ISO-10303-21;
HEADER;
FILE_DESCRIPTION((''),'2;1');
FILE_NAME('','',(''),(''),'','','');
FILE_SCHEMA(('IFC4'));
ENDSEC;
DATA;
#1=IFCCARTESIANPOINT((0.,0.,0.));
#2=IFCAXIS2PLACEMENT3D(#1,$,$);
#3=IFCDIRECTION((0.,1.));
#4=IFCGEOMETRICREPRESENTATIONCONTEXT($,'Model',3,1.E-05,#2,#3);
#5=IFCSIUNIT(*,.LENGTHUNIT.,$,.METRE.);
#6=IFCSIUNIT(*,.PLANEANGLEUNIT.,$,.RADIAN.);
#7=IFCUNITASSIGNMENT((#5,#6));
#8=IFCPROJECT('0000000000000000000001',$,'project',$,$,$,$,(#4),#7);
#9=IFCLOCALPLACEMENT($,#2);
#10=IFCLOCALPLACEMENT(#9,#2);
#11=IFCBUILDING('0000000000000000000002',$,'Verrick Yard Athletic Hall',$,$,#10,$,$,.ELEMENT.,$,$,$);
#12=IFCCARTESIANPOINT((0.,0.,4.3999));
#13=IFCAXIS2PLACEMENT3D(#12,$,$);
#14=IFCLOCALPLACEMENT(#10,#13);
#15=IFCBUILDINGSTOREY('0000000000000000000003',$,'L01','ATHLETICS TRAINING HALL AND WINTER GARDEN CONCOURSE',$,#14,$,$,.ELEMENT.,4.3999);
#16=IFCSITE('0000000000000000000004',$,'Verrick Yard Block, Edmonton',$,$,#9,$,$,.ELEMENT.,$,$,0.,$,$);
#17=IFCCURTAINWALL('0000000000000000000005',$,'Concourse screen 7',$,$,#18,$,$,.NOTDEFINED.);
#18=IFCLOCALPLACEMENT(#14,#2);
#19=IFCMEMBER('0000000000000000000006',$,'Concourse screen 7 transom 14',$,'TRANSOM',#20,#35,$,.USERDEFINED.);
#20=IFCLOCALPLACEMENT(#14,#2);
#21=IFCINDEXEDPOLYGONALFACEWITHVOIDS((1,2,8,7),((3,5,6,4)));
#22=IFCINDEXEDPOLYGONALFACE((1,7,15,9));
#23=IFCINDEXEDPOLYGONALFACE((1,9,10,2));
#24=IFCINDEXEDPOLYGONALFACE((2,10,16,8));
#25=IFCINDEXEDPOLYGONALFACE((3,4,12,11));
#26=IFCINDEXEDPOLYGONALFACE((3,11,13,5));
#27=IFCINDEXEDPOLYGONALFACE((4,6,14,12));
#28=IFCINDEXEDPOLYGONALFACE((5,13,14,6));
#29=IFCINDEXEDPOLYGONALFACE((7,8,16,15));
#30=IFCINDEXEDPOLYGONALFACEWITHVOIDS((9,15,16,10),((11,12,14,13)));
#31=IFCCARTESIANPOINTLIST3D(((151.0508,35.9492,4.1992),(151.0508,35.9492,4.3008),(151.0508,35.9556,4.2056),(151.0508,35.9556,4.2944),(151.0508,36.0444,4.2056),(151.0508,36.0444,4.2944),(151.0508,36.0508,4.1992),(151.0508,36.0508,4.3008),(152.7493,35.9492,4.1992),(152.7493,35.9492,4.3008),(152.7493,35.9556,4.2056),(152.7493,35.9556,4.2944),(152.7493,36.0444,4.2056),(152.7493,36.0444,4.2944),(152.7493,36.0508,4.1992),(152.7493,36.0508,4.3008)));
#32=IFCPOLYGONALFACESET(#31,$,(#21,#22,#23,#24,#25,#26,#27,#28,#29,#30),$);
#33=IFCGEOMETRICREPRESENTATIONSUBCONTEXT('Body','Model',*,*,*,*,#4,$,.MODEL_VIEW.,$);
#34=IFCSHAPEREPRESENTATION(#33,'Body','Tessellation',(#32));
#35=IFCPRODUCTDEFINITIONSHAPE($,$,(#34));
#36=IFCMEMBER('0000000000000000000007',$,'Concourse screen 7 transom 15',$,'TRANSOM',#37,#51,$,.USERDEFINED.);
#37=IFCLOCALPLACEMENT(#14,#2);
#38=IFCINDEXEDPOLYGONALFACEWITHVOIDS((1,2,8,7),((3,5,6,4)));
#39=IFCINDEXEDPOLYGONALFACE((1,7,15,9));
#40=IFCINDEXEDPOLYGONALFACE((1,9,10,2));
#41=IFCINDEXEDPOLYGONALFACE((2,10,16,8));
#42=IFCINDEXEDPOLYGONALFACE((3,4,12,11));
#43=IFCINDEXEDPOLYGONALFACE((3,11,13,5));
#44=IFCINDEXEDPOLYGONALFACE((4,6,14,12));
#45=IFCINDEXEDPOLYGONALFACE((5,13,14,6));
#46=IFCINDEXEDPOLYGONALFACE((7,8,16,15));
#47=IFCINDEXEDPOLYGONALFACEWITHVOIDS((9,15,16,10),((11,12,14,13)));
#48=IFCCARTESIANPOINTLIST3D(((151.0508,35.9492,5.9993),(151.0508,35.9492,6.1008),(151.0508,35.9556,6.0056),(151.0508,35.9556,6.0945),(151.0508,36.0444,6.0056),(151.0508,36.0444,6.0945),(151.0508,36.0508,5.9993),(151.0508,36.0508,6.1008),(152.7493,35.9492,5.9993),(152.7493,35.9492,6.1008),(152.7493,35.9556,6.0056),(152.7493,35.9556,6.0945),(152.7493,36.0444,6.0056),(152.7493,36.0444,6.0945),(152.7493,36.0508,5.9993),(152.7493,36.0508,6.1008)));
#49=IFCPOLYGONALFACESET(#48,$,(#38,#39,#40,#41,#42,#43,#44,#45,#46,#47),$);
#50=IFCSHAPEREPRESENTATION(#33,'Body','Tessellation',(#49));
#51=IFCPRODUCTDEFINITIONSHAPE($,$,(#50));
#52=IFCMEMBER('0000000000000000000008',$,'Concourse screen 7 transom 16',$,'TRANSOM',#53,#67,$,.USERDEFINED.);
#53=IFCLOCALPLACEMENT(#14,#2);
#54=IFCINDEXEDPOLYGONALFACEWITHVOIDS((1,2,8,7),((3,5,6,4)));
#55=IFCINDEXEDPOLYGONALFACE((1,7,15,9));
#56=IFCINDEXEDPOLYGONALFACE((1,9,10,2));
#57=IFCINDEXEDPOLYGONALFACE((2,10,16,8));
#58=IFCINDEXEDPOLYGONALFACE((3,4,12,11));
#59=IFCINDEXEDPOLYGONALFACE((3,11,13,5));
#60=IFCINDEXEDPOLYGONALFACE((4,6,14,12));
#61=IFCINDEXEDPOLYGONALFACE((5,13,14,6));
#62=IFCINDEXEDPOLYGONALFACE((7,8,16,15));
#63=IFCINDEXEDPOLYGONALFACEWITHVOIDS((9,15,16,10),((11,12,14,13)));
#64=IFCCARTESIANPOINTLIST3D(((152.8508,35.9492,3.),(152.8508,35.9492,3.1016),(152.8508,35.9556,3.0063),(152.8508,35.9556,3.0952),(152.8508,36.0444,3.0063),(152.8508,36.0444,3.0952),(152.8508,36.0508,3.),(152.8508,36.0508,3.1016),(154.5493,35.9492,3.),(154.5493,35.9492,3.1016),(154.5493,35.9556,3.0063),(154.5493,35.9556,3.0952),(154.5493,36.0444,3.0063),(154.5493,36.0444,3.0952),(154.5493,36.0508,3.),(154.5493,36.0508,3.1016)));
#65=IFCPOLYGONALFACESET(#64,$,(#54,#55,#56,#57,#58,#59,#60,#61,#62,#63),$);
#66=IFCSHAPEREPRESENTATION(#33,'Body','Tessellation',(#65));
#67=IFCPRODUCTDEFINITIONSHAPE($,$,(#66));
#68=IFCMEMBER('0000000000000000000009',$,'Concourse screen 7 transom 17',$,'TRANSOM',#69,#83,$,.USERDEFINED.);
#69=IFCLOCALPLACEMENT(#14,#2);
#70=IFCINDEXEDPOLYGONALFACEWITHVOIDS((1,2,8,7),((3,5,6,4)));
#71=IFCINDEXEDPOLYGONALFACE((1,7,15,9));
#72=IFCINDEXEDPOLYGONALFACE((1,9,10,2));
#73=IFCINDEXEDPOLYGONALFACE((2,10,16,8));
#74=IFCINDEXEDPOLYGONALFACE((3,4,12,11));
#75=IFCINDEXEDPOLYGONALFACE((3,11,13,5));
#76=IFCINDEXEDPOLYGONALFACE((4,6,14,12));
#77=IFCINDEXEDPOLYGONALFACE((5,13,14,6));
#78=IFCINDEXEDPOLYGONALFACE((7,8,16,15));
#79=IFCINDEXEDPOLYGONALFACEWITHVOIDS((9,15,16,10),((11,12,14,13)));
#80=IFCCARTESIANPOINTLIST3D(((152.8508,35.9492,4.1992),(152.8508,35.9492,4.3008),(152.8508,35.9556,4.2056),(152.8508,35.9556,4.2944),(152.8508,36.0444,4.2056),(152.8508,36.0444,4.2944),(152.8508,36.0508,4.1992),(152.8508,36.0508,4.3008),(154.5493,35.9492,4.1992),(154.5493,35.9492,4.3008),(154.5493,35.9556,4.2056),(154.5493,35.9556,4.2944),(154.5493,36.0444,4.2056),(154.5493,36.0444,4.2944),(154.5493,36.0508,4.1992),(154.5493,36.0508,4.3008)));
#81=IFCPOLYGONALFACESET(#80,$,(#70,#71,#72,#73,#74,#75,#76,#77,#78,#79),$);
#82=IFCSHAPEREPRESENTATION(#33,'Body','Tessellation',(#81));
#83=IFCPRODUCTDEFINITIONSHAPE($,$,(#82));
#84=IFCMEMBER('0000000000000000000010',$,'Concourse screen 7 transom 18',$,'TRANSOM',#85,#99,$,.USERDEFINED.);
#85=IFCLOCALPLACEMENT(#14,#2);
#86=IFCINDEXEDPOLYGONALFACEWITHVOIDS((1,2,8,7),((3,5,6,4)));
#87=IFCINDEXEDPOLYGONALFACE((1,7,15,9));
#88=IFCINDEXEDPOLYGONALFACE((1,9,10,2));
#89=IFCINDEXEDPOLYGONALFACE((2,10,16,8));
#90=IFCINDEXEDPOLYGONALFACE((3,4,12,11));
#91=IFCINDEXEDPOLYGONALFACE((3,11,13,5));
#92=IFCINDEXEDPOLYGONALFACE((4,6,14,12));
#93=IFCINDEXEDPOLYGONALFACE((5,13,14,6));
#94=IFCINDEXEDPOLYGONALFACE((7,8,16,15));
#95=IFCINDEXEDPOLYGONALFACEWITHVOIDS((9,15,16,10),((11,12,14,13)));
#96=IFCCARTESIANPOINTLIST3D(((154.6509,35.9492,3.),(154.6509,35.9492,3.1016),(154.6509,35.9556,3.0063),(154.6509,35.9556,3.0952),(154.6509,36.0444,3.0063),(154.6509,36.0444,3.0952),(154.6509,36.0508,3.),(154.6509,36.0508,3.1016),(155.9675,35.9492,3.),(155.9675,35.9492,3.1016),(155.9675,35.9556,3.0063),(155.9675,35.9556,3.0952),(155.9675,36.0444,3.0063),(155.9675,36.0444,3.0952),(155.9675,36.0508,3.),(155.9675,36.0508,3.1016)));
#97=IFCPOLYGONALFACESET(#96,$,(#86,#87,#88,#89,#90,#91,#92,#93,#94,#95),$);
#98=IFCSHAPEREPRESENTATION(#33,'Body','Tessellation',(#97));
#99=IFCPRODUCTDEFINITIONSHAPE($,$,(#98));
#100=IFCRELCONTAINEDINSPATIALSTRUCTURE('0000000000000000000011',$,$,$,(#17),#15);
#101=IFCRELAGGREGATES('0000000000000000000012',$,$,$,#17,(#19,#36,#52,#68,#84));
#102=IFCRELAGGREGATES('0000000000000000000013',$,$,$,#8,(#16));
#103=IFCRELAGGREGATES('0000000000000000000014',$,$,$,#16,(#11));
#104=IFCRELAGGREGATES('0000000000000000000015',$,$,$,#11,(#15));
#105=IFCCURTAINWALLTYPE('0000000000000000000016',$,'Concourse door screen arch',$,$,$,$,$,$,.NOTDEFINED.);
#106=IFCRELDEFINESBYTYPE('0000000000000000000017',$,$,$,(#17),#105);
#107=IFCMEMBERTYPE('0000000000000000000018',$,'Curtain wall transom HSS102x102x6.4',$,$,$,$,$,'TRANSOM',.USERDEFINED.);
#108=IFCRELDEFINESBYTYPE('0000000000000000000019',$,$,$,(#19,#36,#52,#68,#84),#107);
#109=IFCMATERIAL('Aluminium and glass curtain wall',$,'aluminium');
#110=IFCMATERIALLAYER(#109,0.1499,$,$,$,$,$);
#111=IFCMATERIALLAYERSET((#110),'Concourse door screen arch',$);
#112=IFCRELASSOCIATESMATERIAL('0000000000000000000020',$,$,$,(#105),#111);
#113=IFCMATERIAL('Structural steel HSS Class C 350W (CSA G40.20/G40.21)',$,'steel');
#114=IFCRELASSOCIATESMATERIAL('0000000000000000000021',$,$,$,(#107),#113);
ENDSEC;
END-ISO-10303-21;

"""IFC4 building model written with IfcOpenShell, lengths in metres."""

from ifc_helpers import new_model, si_unit, direction, frame, origin, origin_2d, place, context, subcontext, project, spatial, hollow_rectangle, extrude, material, layer, layer_set, material_profile, profile_set, type_object, element, aggregate, save


model = new_model("IFC4")

# Units and contexts
model_context = context("Model", 3, precision=1e-05, world=origin(), true_north=direction((0.0, 1.0)))
body_context = subcontext(model_context, "Body", "Model", "MODEL_VIEW")
ifc_project = project(units=[si_unit("LENGTHUNIT", "METRE"), si_unit("PLANEANGLEUNIT", "RADIAN")], contexts=[model_context])

# Site, building, storey
site_placement = place(None, origin())
site = spatial("IfcSite", under=ifc_project, at=site_placement, Name="Verrick Yard Block, Edmonton", CompositionType="ELEMENT", RefElevation=0.0)
building_placement = place(site_placement, origin())
building = spatial("IfcBuilding", under=site, at=building_placement, Name="Verrick Yard Athletic Hall", CompositionType="ELEMENT")
storey_placement = place(building_placement, frame((0.0, 0.0, 4.3999)))
storey = spatial("IfcBuildingStorey", under=building, at=storey_placement, Name="L01", Description="ATHLETICS TRAINING HALL AND WINTER GARDEN CONCOURSE", CompositionType="ELEMENT", Elevation=4.3999)

# Curtain wall
ifc_material_1 = material(Name="Aluminium and glass curtain wall", Category="aluminium")
ifc_layer_1 = layer(ifc_material_1, 0.1499)
ifc_layer_set_1 = layer_set([ifc_layer_1], Name="Concourse door screen arch")
curtain_wall_type_1 = type_object("IfcCurtainWallType", Name="Concourse door screen arch", PredefinedType="NOTDEFINED", material=ifc_layer_set_1)
curtain_wall_1_placement = place(storey_placement, origin())
curtain_wall_1 = element("IfcCurtainWall", 1, at=curtain_wall_1_placement, inside=storey, type_object=curtain_wall_type_1, Name="Concourse screen 7", PredefinedType="NOTDEFINED")
ifc_material_2 = material(Name="Structural steel HSS Class C 350W (CSA G40.20/G40.21)", Category="steel")

# Members
ifc_material_profile_1 = material_profile(ifc_material_2, hollow_rectangle(XDim=0.1016, YDim=0.1016, WallThickness=0.0063, at=origin_2d()), Name="HSS102x102x6.4")
ifc_profile_set_1 = profile_set([ifc_material_profile_1], Name="Structural steel HSS Class C 350W (CSA G40.20/G40.21)")
member_type_1 = type_object("IfcMemberType", Name="Curtain wall transom HSS102x102x6.4", ElementType="TRANSOM", PredefinedType="USERDEFINED", material=ifc_profile_set_1)
member_1_placement = place(storey_placement, frame((151.0508, 36.0, 4.25), z_axis=(1.0, 0.0, 0.0), x_axis=(0.0, 1.0, 0.0)))
member_1 = element("IfcMember", 2, at=member_1_placement, type_object=member_type_1, Name="Concourse screen 7 transom 14", ObjectType="TRANSOM", PredefinedType="USERDEFINED", context=body_context, shape_type="SweptSolid", body=[
    extrude(hollow_rectangle(XDim=0.1016, YDim=0.1016, WallThickness=0.0063, at=origin_2d()), origin(), (0.0, 0.0, 1.0), 1.6985),
])
member_2_placement = place(storey_placement, frame((151.0508, 36.0, 6.05), z_axis=(1.0, 0.0, 0.0), x_axis=(0.0, 1.0, 0.0)))
member_2 = element("IfcMember", 3, at=member_2_placement, type_object=member_type_1, Name="Concourse screen 7 transom 15", ObjectType="TRANSOM", PredefinedType="USERDEFINED", context=body_context, shape_type="SweptSolid", body=[
    extrude(hollow_rectangle(XDim=0.1016, YDim=0.1016, WallThickness=0.0063, at=origin_2d()), origin(), (0.0, 0.0, 1.0), 1.6985),
])
member_3_placement = place(storey_placement, frame((152.8508, 36.0, 3.0508), z_axis=(1.0, 0.0, 0.0), x_axis=(0.0, 1.0, 0.0)))
member_3 = element("IfcMember", 4, at=member_3_placement, type_object=member_type_1, Name="Concourse screen 7 transom 16", ObjectType="TRANSOM", PredefinedType="USERDEFINED", context=body_context, shape_type="SweptSolid", body=[
    extrude(hollow_rectangle(XDim=0.1016, YDim=0.1016, WallThickness=0.0063, at=origin_2d()), origin(), (0.0, 0.0, 1.0), 1.6985),
])
member_4_placement = place(storey_placement, frame((152.8508, 36.0, 4.25), z_axis=(1.0, 0.0, 0.0), x_axis=(0.0, 1.0, 0.0)))
member_4 = element("IfcMember", 5, at=member_4_placement, type_object=member_type_1, Name="Concourse screen 7 transom 17", ObjectType="TRANSOM", PredefinedType="USERDEFINED", context=body_context, shape_type="SweptSolid", body=[
    extrude(hollow_rectangle(XDim=0.1016, YDim=0.1016, WallThickness=0.0063, at=origin_2d()), origin(), (0.0, 0.0, 1.0), 1.6985),
])
member_5_placement = place(storey_placement, frame((154.6509, 36.0, 3.0508), z_axis=(1.0, 0.0, 0.0), x_axis=(0.0, 1.0, 0.0)))
member_5 = element("IfcMember", 6, at=member_5_placement, type_object=member_type_1, Name="Concourse screen 7 transom 18", ObjectType="TRANSOM", PredefinedType="USERDEFINED", context=body_context, shape_type="SweptSolid", body=[
    extrude(hollow_rectangle(XDim=0.1016, YDim=0.1016, WallThickness=0.0063, at=origin_2d()), origin(), (0.0, 0.0, 1.0), 1.3167),
])
aggregate(curtain_wall_1, [member_1, member_2, member_3, member_4, member_5])

save(model, "model.ifc")
